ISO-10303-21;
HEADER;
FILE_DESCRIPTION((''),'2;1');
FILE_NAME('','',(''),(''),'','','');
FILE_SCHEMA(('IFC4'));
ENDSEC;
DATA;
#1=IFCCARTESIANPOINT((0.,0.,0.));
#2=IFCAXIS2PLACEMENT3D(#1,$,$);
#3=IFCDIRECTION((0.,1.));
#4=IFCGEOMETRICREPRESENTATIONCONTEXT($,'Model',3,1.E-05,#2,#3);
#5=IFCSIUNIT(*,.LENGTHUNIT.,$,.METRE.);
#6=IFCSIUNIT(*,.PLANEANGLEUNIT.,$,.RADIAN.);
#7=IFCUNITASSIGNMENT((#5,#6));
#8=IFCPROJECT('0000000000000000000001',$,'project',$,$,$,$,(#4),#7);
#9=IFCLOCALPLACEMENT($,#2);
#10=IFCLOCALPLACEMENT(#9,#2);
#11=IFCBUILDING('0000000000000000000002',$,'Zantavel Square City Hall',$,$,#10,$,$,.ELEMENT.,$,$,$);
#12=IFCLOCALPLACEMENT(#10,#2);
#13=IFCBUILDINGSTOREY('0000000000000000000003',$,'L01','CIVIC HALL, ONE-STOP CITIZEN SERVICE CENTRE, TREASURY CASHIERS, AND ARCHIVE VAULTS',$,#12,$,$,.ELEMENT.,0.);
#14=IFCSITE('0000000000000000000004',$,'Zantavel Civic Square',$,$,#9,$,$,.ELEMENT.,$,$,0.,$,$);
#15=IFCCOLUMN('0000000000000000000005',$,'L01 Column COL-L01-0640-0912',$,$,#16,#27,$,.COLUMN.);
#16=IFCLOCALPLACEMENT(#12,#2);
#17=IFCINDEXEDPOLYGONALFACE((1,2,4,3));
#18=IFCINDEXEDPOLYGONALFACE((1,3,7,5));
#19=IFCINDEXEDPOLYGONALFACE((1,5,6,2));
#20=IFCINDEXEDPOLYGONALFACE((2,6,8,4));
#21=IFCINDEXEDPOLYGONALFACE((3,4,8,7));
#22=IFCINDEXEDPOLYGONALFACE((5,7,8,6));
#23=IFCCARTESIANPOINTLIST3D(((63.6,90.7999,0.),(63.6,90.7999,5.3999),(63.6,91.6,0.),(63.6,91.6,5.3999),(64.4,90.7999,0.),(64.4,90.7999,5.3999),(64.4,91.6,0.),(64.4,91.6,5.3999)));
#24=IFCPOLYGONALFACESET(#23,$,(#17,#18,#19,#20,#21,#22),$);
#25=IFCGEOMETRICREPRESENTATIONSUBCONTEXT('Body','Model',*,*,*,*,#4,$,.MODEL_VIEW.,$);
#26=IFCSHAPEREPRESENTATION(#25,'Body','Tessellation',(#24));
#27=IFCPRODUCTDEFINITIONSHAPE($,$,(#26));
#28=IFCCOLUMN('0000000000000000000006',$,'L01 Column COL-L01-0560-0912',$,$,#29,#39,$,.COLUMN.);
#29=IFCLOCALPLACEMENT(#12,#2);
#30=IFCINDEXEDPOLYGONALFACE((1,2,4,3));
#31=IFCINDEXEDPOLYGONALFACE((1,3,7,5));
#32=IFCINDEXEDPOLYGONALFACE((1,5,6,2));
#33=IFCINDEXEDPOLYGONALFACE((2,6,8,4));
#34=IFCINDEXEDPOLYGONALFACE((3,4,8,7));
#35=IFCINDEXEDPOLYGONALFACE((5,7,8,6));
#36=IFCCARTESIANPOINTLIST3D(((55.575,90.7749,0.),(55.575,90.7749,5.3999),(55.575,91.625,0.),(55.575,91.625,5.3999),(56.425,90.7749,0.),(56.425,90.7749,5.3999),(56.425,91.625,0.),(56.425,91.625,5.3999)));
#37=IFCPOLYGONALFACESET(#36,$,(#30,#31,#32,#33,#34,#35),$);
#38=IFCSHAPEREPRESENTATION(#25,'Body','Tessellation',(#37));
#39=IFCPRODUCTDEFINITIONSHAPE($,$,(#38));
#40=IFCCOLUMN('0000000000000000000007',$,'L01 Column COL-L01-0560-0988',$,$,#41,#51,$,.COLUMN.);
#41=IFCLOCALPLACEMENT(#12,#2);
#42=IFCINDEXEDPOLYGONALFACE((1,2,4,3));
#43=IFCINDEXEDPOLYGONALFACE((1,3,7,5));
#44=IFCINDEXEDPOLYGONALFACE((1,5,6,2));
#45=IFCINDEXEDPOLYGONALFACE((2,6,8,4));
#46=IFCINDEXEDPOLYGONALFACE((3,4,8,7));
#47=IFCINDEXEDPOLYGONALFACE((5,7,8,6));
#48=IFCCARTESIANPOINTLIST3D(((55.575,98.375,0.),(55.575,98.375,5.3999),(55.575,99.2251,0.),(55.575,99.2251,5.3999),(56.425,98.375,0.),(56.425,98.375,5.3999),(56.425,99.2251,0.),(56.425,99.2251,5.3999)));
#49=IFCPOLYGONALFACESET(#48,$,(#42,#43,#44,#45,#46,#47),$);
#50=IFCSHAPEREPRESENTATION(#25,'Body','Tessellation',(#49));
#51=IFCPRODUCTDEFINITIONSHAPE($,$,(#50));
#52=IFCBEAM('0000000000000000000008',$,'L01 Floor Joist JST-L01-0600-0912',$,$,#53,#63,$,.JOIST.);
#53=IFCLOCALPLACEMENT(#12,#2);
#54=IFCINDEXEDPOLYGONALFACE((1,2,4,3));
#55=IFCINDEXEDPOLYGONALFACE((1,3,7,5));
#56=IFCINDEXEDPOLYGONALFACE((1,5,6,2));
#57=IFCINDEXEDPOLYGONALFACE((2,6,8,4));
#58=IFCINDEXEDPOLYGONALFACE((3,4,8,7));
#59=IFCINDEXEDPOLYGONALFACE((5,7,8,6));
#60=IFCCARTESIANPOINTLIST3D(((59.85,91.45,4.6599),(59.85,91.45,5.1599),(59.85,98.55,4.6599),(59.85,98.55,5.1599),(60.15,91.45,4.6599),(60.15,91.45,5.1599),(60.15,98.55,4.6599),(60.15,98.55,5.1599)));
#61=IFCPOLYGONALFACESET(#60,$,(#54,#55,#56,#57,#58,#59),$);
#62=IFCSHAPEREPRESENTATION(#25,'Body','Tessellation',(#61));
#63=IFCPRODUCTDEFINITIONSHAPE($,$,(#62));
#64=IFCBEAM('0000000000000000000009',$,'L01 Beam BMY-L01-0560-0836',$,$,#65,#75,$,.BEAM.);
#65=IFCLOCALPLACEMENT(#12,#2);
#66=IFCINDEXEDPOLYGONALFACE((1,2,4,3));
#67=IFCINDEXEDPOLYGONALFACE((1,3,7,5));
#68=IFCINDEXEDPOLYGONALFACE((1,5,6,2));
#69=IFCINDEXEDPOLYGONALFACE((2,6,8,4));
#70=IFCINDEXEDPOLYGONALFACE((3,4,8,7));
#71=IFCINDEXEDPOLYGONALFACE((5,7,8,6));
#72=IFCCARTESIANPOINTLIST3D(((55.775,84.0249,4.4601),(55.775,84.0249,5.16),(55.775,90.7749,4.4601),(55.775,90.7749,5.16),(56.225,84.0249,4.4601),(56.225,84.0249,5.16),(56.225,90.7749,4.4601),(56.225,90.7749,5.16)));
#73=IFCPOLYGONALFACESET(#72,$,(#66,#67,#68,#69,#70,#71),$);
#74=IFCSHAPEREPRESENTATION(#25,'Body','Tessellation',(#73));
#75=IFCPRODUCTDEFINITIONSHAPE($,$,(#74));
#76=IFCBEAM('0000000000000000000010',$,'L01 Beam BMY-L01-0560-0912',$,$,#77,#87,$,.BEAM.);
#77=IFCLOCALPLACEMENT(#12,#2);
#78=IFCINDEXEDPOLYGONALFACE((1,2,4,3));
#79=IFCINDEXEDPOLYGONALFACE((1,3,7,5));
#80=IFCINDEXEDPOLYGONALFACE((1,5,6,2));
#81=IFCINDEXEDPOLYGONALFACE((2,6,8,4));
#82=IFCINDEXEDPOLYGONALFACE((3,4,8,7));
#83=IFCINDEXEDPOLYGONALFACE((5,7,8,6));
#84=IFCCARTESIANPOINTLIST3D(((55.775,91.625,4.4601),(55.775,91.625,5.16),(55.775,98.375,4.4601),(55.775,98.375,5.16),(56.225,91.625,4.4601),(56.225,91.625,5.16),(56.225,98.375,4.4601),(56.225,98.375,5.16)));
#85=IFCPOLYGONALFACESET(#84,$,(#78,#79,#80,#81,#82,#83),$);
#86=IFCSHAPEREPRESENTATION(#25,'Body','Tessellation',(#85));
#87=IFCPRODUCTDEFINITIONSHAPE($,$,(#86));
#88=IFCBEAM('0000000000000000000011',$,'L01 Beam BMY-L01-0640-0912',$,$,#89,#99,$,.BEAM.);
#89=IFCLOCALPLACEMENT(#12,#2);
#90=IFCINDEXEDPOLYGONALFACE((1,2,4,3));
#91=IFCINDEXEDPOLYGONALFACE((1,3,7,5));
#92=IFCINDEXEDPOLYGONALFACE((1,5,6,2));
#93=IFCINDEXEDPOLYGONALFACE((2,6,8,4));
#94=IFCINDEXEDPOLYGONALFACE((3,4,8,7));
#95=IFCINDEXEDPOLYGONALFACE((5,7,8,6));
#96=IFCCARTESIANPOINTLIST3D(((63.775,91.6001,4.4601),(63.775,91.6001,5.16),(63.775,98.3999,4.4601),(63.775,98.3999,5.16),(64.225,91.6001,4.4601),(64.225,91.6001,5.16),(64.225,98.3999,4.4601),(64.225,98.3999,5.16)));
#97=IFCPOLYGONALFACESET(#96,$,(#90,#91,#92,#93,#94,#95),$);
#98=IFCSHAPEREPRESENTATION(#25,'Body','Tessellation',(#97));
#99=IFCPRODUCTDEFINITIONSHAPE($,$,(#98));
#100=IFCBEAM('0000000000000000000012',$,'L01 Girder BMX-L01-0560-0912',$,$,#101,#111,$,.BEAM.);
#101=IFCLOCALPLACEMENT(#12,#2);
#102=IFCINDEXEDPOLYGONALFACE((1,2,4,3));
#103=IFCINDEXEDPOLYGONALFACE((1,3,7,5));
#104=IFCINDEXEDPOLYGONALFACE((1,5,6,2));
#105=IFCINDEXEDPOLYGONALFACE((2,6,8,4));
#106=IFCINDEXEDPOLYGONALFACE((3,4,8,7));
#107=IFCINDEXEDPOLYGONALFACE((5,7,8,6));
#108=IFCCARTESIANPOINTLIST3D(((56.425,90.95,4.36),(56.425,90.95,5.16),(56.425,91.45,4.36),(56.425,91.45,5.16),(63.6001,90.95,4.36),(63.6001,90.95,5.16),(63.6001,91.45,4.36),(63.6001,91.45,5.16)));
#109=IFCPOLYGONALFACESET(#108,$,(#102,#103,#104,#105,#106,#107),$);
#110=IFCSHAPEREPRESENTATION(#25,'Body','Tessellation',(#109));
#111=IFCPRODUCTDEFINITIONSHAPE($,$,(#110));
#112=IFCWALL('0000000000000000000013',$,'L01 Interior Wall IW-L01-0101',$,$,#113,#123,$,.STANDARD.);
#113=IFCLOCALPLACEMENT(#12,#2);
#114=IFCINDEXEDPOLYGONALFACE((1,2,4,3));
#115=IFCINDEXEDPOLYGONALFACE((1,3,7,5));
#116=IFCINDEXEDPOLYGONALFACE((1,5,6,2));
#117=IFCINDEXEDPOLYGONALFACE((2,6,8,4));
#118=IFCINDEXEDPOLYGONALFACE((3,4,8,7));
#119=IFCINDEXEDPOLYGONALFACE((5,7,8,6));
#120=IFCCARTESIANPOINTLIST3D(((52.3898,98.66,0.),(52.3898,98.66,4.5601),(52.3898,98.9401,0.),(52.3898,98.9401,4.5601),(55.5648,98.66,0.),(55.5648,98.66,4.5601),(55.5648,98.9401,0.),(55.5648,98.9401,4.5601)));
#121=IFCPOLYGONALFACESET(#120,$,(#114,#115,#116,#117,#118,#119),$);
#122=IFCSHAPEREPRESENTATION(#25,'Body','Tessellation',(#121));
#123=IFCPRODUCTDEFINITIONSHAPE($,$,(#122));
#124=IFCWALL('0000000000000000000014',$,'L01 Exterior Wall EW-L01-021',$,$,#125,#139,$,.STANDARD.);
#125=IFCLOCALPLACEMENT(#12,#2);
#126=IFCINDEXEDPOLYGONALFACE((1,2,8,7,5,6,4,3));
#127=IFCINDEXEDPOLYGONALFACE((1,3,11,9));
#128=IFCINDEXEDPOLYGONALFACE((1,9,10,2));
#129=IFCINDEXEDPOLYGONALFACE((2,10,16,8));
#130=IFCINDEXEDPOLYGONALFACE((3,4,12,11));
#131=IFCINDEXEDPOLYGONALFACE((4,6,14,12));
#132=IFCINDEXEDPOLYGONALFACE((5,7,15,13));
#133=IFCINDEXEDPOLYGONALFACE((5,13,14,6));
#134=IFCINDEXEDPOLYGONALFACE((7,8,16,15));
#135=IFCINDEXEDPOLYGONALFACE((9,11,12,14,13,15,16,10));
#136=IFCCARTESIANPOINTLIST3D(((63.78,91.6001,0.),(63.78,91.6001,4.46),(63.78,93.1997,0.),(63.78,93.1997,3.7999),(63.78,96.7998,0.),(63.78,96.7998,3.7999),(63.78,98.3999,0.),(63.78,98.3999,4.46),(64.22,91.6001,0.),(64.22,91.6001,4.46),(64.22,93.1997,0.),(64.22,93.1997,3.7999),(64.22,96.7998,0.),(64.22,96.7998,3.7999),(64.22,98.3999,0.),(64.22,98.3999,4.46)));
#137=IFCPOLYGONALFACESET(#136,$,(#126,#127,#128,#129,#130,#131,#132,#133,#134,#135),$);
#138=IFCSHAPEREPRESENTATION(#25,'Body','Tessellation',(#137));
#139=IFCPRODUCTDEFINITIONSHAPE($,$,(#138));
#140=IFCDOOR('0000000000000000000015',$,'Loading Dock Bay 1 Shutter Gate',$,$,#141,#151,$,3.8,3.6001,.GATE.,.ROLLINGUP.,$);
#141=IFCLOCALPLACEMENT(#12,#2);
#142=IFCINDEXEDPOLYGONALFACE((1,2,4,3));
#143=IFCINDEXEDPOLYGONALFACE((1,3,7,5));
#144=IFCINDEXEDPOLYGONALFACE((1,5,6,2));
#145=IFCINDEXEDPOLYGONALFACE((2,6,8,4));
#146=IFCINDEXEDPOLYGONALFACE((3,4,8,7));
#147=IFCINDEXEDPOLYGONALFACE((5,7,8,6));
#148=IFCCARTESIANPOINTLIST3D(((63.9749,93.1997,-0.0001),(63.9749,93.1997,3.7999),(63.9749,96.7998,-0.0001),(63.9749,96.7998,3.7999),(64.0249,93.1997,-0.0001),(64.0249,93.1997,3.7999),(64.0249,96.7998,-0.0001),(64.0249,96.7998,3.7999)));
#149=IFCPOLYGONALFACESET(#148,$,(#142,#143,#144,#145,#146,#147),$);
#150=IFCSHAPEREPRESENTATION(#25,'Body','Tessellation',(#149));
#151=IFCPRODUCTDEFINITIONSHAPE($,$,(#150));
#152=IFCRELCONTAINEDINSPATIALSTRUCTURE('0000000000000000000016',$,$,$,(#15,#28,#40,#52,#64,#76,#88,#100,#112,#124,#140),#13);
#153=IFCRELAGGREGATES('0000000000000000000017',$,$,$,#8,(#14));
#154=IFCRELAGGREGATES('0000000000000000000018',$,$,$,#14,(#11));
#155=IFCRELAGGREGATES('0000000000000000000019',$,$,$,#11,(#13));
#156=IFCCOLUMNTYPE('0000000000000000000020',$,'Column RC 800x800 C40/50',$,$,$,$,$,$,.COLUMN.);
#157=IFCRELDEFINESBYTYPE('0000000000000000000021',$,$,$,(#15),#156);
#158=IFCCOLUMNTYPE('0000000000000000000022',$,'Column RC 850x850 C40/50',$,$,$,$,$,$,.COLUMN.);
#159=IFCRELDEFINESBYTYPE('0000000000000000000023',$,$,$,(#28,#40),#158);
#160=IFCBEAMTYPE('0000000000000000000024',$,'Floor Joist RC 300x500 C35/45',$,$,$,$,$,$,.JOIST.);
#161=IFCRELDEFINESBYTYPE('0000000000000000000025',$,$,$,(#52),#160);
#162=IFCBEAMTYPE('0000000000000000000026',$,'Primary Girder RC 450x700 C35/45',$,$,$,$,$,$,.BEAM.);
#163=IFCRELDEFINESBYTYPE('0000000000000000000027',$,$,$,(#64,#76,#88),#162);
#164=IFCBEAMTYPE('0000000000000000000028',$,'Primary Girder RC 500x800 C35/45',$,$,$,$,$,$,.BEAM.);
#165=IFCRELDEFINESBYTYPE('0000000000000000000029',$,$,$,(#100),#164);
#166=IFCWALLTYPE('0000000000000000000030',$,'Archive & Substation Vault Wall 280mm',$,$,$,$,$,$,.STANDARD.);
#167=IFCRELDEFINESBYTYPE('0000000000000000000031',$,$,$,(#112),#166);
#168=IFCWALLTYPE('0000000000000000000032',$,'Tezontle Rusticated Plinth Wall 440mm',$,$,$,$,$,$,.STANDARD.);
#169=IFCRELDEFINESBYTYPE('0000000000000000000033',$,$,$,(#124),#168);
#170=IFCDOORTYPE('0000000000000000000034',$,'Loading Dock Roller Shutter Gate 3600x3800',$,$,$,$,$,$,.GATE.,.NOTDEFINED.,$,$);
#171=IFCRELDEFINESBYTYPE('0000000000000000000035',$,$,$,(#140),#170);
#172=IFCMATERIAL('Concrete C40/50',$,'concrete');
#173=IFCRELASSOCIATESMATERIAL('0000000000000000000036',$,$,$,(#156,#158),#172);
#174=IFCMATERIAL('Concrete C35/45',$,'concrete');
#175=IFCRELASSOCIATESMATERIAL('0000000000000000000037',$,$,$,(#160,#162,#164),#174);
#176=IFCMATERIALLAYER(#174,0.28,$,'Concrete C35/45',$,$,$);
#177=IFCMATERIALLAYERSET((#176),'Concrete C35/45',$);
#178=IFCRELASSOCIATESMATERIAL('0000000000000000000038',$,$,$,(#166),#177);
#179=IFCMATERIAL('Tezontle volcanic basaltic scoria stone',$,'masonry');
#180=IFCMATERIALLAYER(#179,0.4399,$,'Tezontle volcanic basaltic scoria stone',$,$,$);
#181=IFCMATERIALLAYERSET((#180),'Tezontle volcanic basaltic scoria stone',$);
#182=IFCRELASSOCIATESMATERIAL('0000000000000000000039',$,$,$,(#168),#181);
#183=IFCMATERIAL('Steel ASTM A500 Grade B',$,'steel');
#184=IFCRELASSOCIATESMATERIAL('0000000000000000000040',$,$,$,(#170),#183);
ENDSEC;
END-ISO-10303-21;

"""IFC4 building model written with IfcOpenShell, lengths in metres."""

from ifc_helpers import new_model, si_unit, direction, frame, frame_2d, origin, origin_2d, place, context, subcontext, project, spatial, rectangle, extrude, material, layer, layer_set, material_profile, profile_set, type_object, element, fill, save


model = new_model("IFC4")

# Units and contexts
model_context = context("Model", 3, precision=1e-05, world=origin(), true_north=direction((0.0, 1.0)))
body_context = subcontext(model_context, "Body", "Model", "MODEL_VIEW")
ifc_project = project(units=[si_unit("LENGTHUNIT", "METRE"), si_unit("PLANEANGLEUNIT", "RADIAN")], contexts=[model_context])

# Site, building, storey
site_placement = place(None, origin())
site = spatial("IfcSite", under=ifc_project, at=site_placement, Name="Zantavel Civic Square", CompositionType="ELEMENT", RefElevation=0.0)
building_placement = place(site_placement, origin())
building = spatial("IfcBuilding", under=site, at=building_placement, Name="Zantavel Square City Hall", CompositionType="ELEMENT")
storey_placement = place(building_placement, origin())
storey = spatial("IfcBuildingStorey", under=building, at=storey_placement, Name="L01", Description="CIVIC HALL, ONE-STOP CITIZEN SERVICE CENTRE, TREASURY CASHIERS, AND ARCHIVE VAULTS", CompositionType="ELEMENT", Elevation=0.0)

# Columns
ifc_material_1 = material(Name="Concrete C40/50", Category="concrete")
ifc_material_profile_1 = material_profile(ifc_material_1, rectangle(XDim=0.8, YDim=0.8, at=origin_2d()), Name="RC 800x800")
ifc_profile_set_1 = profile_set([ifc_material_profile_1], Name="Concrete C40/50")
column_type_1 = type_object("IfcColumnType", Name="Column RC 800x800 C40/50", PredefinedType="COLUMN", material=ifc_profile_set_1)
column_placement = place(storey_placement, frame((64.0, 91.2, 0.0), z_axis=(0.0, 0.0, 1.0), x_axis=(1.0, 0.0, 0.0)))
element("IfcColumn", 1, at=column_placement, inside=storey, type_object=column_type_1, Name="L01 Column COL-L01-0640-0912", PredefinedType="COLUMN", context=body_context, shape_type="SweptSolid", body=[
    extrude(rectangle(XDim=0.8, YDim=0.8, at=origin_2d()), origin(), (0.0, 0.0, 1.0), 5.3999),
])
ifc_material_profile_2 = material_profile(ifc_material_1, rectangle(XDim=0.8501, YDim=0.8501, at=origin_2d()), Name="RC 850x850")
ifc_profile_set_2 = profile_set([ifc_material_profile_2], Name="Concrete C40/50")
column_type_2 = type_object("IfcColumnType", Name="Column RC 850x850 C40/50", PredefinedType="COLUMN", material=ifc_profile_set_2)
for number, where, z_axis, x_axis, name in (
    (2, (56.0, 91.2, 0.0), (0.0, 0.0, 1.0), (1.0, 0.0, 0.0), "L01 Column COL-L01-0560-0912"),
    (3, (56.0, 98.8, 0.0), (0.0, 0.0, 1.0), (1.0, 0.0, 0.0), "L01 Column COL-L01-0560-0988"),
):
    element("IfcColumn", number, at=place(storey_placement, frame(where, z_axis=z_axis, x_axis=x_axis)), inside=storey, type_object=column_type_2, Name=name, PredefinedType="COLUMN", context=body_context, shape_type="SweptSolid", body=[
        extrude(rectangle(XDim=0.8501, YDim=0.8501, at=origin_2d()), origin(), (0.0, 0.0, 1.0), 5.3999),
    ])

# Beams
ifc_material_2 = material(Name="Concrete C35/45", Category="concrete")
ifc_material_profile_3 = material_profile(ifc_material_2, rectangle(XDim=0.3, YDim=0.5, at=origin_2d()), Name="RC 300x500")
ifc_profile_set_3 = profile_set([ifc_material_profile_3], Name="Concrete C35/45")
beam_type_1 = type_object("IfcBeamType", Name="Floor Joist RC 300x500 C35/45", PredefinedType="JOIST", material=ifc_profile_set_3)
beam_1_placement = place(storey_placement, frame((60.0, 91.45, 4.9099), z_axis=(0.0, 1.0, 0.0), x_axis=(-1.0, 0.0, 0.0)))
element("IfcBeam", 4, at=beam_1_placement, inside=storey, type_object=beam_type_1, Name="L01 Floor Joist JST-L01-0600-0912", PredefinedType="JOIST", context=body_context, shape_type="SweptSolid", body=[
    extrude(rectangle(XDim=0.3, YDim=0.5, at=origin_2d()), origin(), (0.0, 0.0, 1.0), 7.1001),
])
ifc_material_profile_4 = material_profile(ifc_material_2, rectangle(XDim=0.45, YDim=0.7, at=origin_2d()), Name="RC 450x700")
ifc_profile_set_4 = profile_set([ifc_material_profile_4], Name="Concrete C35/45")
beam_type_2 = type_object("IfcBeamType", Name="Primary Girder RC 450x700 C35/45", PredefinedType="BEAM", material=ifc_profile_set_4)
for number, where, z_axis, x_axis, name in (
    (5, (56.0, 84.0249, 4.8101), (0.0, 1.0, 0.0), (-1.0, 0.0, 0.0), "L01 Beam BMY-L01-0560-0836"),
    (6, (56.0, 91.625, 4.8101), (0.0, 1.0, 0.0), (-1.0, 0.0, 0.0), "L01 Beam BMY-L01-0560-0912"),
):
    element("IfcBeam", number, at=place(storey_placement, frame(where, z_axis=z_axis, x_axis=x_axis)), inside=storey, type_object=beam_type_2, Name=name, PredefinedType="BEAM", context=body_context, shape_type="SweptSolid", body=[
        extrude(rectangle(XDim=0.45, YDim=0.7, at=origin_2d()), origin(), (0.0, 0.0, 1.0), 6.75),
    ])
beam_2_placement = place(storey_placement, frame((64.0, 91.6001, 4.8101), z_axis=(0.0, 1.0, 0.0), x_axis=(-1.0, 0.0, 0.0)))
element("IfcBeam", 7, at=beam_2_placement, inside=storey, type_object=beam_type_2, Name="L01 Beam BMY-L01-0640-0912", PredefinedType="BEAM", context=body_context, shape_type="SweptSolid", body=[
    extrude(rectangle(XDim=0.45, YDim=0.7, at=origin_2d()), origin(), (0.0, 0.0, 1.0), 6.7998),
])
ifc_material_profile_5 = material_profile(ifc_material_2, rectangle(XDim=0.5, YDim=0.8, at=origin_2d()), Name="RC 500x800")
ifc_profile_set_5 = profile_set([ifc_material_profile_5], Name="Concrete C35/45")
beam_type_3 = type_object("IfcBeamType", Name="Primary Girder RC 500x800 C35/45", PredefinedType="BEAM", material=ifc_profile_set_5)
beam_3_placement = place(storey_placement, frame((56.425, 91.2, 4.76), z_axis=(1.0, 0.0, 0.0), x_axis=(0.0, 1.0, 0.0)))
element("IfcBeam", 8, at=beam_3_placement, inside=storey, type_object=beam_type_3, Name="L01 Girder BMX-L01-0560-0912", PredefinedType="BEAM", context=body_context, shape_type="SweptSolid", body=[
    extrude(rectangle(XDim=0.5, YDim=0.8, at=origin_2d()), origin(), (0.0, 0.0, 1.0), 7.175),
])

# Wall
ifc_layer_1 = layer(ifc_material_2, 0.28, Name="Concrete C35/45")
ifc_layer_set_1 = layer_set([ifc_layer_1], Name="Concrete C35/45")
wall_type_1 = type_object("IfcWallType", Name="Archive & Substation Vault Wall 280mm", PredefinedType="STANDARD", material=ifc_layer_set_1)
wall_1_placement = place(storey_placement, frame((52.3899, 98.8, 0.0), z_axis=(0.0, 0.0, 1.0), x_axis=(1.0, 0.0, 0.0)))
element("IfcWall", 9, at=wall_1_placement, inside=storey, type_object=wall_type_1, Name="L01 Interior Wall IW-L01-0101", PredefinedType="STANDARD", context=body_context, shape_type="SweptSolid", body=[
    extrude(rectangle(XDim=3.175, YDim=0.28, at=frame_2d((1.5874, 0.0))), origin(), (0.0, 0.0, 1.0), 4.5601),
])

# Wall, opening, door
ifc_material_3 = material(Name="Tezontle volcanic basaltic scoria stone", Category="masonry")
ifc_layer_2 = layer(ifc_material_3, 0.4399, Name="Tezontle volcanic basaltic scoria stone")
ifc_layer_set_2 = layer_set([ifc_layer_2], Name="Tezontle volcanic basaltic scoria stone")
wall_type_2 = type_object("IfcWallType", Name="Tezontle Rusticated Plinth Wall 440mm", PredefinedType="STANDARD", material=ifc_layer_set_2)
wall_2_placement = place(storey_placement, frame((64.0, 98.3999, 0.0), z_axis=(0.0, 0.0, 1.0), x_axis=(0.0, -1.0, 0.0)))
wall_2 = element("IfcWall", 10, at=wall_2_placement, inside=storey, type_object=wall_type_2, Name="L01 Exterior Wall EW-L01-021", PredefinedType="STANDARD", context=body_context, shape_type="SweptSolid", body=[
    extrude(rectangle(XDim=6.7998, YDim=0.4399, at=frame_2d((3.3999, 0.0))), origin(), (0.0, 0.0, 1.0), 4.46),
])
opening_1_placement = place(wall_2_placement, frame((1.6001, 0.0, 0.0)))
opening_1 = element("IfcOpeningElement", 11, at=opening_1_placement, cuts=wall_2, PredefinedType="OPENING", context=body_context, shape_type="SweptSolid", body=[
    extrude(rectangle(XDim=3.6001, YDim=3.8, at=frame_2d((1.8, 1.8999))), frame((0.0, 0.23, 0.0), z_axis=(0.0, -1.0, 0.0), x_axis=(1.0, 0.0, 0.0)), (0.0, 0.0, 1.0), 0.46),
])
ifc_material_4 = material(Name="Steel ASTM A500 Grade B", Category="steel")
door_type = type_object("IfcDoorType", Name="Loading Dock Roller Shutter Gate 3600x3800", OperationType="NOTDEFINED", PredefinedType="GATE", material=ifc_material_4)
door_placement = place(opening_1_placement, origin())
door = element("IfcDoor", 12, at=door_placement, inside=storey, type_object=door_type, Name="Loading Dock Bay 1 Shutter Gate", OperationType="ROLLINGUP", OverallHeight=3.8, OverallWidth=3.6001, PredefinedType="GATE", context=body_context, shape_type="SweptSolid", body=[
    extrude(rectangle(XDim=3.6001, YDim=3.8, at=frame_2d((1.8, 1.8999))), frame((0.0, 0.0249, 0.0), z_axis=(0.0, -1.0, 0.0), x_axis=(1.0, 0.0, 0.0)), (0.0, 0.0, 1.0), 0.05),
])
fill(opening_1, door)

save(model, "model.ifc")
